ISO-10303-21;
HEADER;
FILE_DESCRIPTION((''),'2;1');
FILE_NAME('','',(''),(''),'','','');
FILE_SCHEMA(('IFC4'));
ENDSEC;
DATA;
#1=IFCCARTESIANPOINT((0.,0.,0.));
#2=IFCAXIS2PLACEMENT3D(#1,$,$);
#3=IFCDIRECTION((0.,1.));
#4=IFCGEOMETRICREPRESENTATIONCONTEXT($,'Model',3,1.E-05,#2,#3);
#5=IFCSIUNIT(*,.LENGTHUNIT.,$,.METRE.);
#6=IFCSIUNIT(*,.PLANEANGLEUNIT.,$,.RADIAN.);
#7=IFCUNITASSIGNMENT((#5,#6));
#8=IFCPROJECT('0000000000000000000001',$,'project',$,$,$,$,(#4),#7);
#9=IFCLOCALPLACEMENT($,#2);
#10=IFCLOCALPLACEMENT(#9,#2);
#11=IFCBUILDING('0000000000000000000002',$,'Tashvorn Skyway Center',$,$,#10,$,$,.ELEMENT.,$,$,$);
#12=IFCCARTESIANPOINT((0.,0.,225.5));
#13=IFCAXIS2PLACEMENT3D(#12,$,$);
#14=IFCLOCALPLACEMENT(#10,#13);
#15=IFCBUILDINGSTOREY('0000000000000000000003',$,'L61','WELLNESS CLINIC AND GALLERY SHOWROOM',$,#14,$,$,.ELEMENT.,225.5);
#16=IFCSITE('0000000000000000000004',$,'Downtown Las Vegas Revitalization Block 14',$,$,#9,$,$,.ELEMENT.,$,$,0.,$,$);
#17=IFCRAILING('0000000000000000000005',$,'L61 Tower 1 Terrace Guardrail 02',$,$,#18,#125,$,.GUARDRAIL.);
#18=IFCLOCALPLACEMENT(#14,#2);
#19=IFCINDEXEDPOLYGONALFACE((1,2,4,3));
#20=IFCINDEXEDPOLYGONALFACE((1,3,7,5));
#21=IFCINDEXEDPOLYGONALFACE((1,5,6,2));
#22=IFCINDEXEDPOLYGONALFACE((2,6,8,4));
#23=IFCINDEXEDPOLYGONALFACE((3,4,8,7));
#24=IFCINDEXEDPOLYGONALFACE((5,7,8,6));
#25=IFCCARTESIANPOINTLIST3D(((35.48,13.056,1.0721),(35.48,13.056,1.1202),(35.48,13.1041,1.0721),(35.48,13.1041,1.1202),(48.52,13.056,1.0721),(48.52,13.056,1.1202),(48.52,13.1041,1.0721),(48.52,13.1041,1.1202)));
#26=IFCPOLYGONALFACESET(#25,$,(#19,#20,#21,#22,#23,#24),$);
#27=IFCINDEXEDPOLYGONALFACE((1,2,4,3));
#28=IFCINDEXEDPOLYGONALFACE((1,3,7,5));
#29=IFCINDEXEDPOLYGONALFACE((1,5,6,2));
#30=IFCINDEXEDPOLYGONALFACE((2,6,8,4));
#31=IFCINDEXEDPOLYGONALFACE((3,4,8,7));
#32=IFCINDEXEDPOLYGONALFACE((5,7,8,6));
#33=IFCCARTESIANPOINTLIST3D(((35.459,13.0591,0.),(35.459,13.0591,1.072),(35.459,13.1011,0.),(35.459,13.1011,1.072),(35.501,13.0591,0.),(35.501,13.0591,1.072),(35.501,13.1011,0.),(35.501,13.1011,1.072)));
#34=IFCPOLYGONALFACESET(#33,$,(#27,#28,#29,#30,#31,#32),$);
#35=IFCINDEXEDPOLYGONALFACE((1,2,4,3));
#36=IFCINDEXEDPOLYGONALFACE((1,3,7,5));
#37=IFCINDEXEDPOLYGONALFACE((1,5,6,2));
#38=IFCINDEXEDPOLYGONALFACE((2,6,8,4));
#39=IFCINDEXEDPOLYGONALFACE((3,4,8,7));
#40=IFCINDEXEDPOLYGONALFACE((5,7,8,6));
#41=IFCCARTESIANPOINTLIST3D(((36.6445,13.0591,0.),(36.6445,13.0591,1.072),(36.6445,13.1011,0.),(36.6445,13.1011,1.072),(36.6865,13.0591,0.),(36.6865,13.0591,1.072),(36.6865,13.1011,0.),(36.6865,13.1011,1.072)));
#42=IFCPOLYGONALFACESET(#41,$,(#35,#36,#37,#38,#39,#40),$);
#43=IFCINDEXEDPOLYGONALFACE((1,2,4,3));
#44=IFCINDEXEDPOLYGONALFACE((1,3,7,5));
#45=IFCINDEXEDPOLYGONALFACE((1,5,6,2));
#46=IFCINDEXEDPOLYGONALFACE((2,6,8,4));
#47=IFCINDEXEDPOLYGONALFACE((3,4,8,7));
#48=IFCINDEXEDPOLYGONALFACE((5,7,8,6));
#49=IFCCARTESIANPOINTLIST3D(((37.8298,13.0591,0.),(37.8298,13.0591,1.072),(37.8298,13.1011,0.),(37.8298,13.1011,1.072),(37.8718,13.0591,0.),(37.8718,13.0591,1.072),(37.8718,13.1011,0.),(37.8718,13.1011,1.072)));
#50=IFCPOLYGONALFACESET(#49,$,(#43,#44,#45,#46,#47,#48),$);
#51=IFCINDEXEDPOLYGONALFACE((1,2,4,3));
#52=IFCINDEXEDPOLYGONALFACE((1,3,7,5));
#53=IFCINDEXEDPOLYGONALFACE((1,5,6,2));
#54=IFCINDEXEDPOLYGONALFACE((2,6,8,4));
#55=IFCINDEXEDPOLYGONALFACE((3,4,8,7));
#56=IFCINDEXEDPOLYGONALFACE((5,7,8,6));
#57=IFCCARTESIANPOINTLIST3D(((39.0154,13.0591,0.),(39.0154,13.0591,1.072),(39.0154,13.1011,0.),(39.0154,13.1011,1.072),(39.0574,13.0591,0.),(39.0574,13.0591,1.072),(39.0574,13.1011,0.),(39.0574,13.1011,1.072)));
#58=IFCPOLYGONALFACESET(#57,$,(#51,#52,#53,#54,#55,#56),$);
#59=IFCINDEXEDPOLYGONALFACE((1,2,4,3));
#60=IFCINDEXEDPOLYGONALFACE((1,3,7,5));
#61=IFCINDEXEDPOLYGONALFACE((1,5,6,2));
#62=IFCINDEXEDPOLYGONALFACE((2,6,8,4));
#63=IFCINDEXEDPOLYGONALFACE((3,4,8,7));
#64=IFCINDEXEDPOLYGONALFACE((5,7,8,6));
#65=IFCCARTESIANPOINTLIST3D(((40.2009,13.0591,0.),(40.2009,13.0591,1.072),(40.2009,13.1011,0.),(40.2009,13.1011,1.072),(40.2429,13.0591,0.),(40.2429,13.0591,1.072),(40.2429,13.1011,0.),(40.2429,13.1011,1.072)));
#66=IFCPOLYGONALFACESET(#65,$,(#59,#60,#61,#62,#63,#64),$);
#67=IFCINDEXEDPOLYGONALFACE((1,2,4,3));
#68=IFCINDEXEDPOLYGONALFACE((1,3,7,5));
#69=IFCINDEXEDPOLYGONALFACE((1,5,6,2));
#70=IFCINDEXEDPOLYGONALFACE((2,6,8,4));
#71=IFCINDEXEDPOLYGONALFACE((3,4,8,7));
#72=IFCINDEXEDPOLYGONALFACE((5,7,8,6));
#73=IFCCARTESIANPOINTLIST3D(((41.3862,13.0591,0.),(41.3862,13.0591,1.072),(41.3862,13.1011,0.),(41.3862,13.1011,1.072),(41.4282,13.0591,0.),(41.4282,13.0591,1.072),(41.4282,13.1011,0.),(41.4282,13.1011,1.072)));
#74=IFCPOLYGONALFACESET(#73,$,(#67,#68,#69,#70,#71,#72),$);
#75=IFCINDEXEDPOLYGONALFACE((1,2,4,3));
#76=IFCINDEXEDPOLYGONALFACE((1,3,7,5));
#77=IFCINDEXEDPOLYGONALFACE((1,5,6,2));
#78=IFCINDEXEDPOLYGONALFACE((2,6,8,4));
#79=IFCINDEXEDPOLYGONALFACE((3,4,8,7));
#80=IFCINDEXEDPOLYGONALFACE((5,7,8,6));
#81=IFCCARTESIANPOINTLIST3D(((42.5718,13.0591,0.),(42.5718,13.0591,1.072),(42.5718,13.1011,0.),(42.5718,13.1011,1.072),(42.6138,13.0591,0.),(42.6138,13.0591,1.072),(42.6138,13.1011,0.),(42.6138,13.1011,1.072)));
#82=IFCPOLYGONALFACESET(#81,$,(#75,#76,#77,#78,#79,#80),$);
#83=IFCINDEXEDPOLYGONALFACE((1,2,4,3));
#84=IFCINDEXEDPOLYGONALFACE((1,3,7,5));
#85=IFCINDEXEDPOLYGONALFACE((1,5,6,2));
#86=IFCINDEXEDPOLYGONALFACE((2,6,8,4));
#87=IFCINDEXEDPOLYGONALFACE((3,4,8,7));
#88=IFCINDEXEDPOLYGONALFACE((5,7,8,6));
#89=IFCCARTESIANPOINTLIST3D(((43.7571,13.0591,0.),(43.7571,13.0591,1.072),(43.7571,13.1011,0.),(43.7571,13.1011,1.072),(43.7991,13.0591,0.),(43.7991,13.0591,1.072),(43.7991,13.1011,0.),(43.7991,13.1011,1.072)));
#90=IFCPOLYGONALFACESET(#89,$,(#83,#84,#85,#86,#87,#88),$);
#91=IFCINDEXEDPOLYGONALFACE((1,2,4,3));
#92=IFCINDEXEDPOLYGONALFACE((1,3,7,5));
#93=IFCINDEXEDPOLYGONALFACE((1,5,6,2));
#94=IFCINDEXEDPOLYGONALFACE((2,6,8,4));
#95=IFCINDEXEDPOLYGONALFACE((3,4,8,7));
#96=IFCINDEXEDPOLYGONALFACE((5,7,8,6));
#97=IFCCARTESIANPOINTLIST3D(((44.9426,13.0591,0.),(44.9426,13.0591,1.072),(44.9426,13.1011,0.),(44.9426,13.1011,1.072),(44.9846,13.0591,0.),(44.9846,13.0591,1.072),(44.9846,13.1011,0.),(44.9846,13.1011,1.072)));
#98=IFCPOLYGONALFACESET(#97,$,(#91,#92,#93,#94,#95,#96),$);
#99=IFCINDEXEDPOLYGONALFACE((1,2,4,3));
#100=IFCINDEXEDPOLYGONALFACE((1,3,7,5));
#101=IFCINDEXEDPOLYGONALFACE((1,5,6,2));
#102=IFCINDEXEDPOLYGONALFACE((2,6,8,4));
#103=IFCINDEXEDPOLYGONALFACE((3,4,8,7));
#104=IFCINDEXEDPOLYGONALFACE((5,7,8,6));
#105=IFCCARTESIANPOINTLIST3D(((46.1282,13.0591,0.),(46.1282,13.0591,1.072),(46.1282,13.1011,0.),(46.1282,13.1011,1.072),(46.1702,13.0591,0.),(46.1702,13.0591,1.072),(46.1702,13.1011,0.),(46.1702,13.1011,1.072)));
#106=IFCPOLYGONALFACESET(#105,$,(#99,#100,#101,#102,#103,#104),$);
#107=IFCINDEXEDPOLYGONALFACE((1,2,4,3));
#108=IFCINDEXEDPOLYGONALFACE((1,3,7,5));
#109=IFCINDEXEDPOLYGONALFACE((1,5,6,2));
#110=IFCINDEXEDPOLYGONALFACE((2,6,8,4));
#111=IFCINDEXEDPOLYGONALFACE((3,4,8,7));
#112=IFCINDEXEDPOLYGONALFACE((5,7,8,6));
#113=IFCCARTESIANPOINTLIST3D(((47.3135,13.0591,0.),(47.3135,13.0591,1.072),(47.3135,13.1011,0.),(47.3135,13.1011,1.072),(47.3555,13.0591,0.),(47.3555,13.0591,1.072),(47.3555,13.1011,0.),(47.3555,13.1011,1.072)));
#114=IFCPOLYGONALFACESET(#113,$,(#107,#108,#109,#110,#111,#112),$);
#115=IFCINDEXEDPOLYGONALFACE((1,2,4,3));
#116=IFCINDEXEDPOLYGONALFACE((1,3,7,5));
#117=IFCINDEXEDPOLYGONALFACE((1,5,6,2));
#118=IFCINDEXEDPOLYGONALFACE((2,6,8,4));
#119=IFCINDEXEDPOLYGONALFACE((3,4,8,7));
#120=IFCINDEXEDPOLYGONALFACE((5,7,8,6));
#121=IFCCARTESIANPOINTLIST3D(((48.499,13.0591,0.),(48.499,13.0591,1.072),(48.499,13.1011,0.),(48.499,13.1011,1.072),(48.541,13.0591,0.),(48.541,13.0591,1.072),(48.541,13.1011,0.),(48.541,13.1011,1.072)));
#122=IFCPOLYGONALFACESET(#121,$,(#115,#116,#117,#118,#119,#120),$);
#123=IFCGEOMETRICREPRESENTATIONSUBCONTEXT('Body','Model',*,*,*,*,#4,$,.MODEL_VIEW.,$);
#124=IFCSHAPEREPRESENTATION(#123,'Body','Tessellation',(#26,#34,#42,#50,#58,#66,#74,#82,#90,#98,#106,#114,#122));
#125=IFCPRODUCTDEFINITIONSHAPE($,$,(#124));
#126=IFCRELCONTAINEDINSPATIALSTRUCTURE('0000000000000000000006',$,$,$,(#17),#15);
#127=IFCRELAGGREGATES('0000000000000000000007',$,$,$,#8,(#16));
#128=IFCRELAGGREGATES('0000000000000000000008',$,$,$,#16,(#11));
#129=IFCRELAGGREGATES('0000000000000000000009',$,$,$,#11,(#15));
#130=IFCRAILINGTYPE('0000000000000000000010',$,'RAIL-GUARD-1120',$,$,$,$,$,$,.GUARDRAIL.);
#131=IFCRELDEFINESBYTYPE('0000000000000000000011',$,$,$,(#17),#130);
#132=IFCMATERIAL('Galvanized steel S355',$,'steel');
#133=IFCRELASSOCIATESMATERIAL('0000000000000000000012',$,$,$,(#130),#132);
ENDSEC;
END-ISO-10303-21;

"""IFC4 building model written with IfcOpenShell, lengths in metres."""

from ifc_helpers import new_model, si_unit, direction, frame, origin, origin_2d, place, context, subcontext, project, spatial, rectangle, extrude, material, type_object, element, save


model = new_model("IFC4")

# Units and contexts
model_context = context("Model", 3, precision=1e-05, world=origin(), true_north=direction((0.0, 1.0)))
body_context = subcontext(model_context, "Body", "Model", "MODEL_VIEW")
ifc_project = project(units=[si_unit("LENGTHUNIT", "METRE"), si_unit("PLANEANGLEUNIT", "RADIAN")], contexts=[model_context])

# Site, building, storey
site_placement = place(None, origin())
site = spatial("IfcSite", under=ifc_project, at=site_placement, Name="Downtown Las Vegas Revitalization Block 14", CompositionType="ELEMENT", RefElevation=0.0)
building_placement = place(site_placement, origin())
building = spatial("IfcBuilding", under=site, at=building_placement, Name="Tashvorn Skyway Center", CompositionType="ELEMENT")
storey_placement = place(building_placement, frame((0.0, 0.0, 225.5)))
storey = spatial("IfcBuildingStorey", under=building, at=storey_placement, Name="L61", Description="WELLNESS CLINIC AND GALLERY SHOWROOM", CompositionType="ELEMENT", Elevation=225.5)

# Railing
ifc_material_1 = material(Name="Galvanized steel S355", Category="steel")
railing_type = type_object("IfcRailingType", Name="RAIL-GUARD-1120", PredefinedType="GUARDRAIL", material=ifc_material_1)
railing_1_placement = place(storey_placement, frame((35.48, 13.0801, 0.0)))
element("IfcRailing", 1, at=railing_1_placement, inside=storey, type_object=railing_type, Name="L61 Tower 1 Terrace Guardrail 02", PredefinedType="GUARDRAIL", context=body_context, shape_type="SweptSolid", body=[
    extrude(rectangle(XDim=0.0481, YDim=0.0481, at=origin_2d()), frame((0.0, 0.0, 1.0962), z_axis=(1.0, 0.0, 0.0), x_axis=(0.0, 1.0, 0.0)), (0.0, 0.0, 1.0), 13.04),
    extrude(rectangle(XDim=0.042, YDim=0.042, at=origin_2d()), origin(), (0.0, 0.0, 1.0), 1.072),
    extrude(rectangle(XDim=0.042, YDim=0.042, at=origin_2d()), frame((1.1855, 0.0, 0.0)), (0.0, 0.0, 1.0), 1.072),
    extrude(rectangle(XDim=0.042, YDim=0.042, at=origin_2d()), frame((2.3708, 0.0, 0.0)), (0.0, 0.0, 1.0), 1.072),
    extrude(rectangle(XDim=0.042, YDim=0.042, at=origin_2d()), frame((3.5564, 0.0, 0.0)), (0.0, 0.0, 1.0), 1.072),
    extrude(rectangle(XDim=0.042, YDim=0.042, at=origin_2d()), frame((4.7419, 0.0, 0.0)), (0.0, 0.0, 1.0), 1.072),
    extrude(rectangle(XDim=0.042, YDim=0.042, at=origin_2d()), frame((5.9272, 0.0, 0.0)), (0.0, 0.0, 1.0), 1.072),
    extrude(rectangle(XDim=0.042, YDim=0.042, at=origin_2d()), frame((7.1128, 0.0, 0.0)), (0.0, 0.0, 1.0), 1.072),
    extrude(rectangle(XDim=0.042, YDim=0.042, at=origin_2d()), frame((8.2981, 0.0, 0.0)), (0.0, 0.0, 1.0), 1.072),
    extrude(rectangle(XDim=0.042, YDim=0.042, at=origin_2d()), frame((9.4836, 0.0, 0.0)), (0.0, 0.0, 1.0), 1.072),
    extrude(rectangle(XDim=0.042, YDim=0.042, at=origin_2d()), frame((10.6692, 0.0, 0.0)), (0.0, 0.0, 1.0), 1.072),
    extrude(rectangle(XDim=0.042, YDim=0.042, at=origin_2d()), frame((11.8545, 0.0, 0.0)), (0.0, 0.0, 1.0), 1.072),
    extrude(rectangle(XDim=0.042, YDim=0.042, at=origin_2d()), frame((13.04, 0.0, 0.0)), (0.0, 0.0, 1.0), 1.072),
])

save(model, "model.ifc")
